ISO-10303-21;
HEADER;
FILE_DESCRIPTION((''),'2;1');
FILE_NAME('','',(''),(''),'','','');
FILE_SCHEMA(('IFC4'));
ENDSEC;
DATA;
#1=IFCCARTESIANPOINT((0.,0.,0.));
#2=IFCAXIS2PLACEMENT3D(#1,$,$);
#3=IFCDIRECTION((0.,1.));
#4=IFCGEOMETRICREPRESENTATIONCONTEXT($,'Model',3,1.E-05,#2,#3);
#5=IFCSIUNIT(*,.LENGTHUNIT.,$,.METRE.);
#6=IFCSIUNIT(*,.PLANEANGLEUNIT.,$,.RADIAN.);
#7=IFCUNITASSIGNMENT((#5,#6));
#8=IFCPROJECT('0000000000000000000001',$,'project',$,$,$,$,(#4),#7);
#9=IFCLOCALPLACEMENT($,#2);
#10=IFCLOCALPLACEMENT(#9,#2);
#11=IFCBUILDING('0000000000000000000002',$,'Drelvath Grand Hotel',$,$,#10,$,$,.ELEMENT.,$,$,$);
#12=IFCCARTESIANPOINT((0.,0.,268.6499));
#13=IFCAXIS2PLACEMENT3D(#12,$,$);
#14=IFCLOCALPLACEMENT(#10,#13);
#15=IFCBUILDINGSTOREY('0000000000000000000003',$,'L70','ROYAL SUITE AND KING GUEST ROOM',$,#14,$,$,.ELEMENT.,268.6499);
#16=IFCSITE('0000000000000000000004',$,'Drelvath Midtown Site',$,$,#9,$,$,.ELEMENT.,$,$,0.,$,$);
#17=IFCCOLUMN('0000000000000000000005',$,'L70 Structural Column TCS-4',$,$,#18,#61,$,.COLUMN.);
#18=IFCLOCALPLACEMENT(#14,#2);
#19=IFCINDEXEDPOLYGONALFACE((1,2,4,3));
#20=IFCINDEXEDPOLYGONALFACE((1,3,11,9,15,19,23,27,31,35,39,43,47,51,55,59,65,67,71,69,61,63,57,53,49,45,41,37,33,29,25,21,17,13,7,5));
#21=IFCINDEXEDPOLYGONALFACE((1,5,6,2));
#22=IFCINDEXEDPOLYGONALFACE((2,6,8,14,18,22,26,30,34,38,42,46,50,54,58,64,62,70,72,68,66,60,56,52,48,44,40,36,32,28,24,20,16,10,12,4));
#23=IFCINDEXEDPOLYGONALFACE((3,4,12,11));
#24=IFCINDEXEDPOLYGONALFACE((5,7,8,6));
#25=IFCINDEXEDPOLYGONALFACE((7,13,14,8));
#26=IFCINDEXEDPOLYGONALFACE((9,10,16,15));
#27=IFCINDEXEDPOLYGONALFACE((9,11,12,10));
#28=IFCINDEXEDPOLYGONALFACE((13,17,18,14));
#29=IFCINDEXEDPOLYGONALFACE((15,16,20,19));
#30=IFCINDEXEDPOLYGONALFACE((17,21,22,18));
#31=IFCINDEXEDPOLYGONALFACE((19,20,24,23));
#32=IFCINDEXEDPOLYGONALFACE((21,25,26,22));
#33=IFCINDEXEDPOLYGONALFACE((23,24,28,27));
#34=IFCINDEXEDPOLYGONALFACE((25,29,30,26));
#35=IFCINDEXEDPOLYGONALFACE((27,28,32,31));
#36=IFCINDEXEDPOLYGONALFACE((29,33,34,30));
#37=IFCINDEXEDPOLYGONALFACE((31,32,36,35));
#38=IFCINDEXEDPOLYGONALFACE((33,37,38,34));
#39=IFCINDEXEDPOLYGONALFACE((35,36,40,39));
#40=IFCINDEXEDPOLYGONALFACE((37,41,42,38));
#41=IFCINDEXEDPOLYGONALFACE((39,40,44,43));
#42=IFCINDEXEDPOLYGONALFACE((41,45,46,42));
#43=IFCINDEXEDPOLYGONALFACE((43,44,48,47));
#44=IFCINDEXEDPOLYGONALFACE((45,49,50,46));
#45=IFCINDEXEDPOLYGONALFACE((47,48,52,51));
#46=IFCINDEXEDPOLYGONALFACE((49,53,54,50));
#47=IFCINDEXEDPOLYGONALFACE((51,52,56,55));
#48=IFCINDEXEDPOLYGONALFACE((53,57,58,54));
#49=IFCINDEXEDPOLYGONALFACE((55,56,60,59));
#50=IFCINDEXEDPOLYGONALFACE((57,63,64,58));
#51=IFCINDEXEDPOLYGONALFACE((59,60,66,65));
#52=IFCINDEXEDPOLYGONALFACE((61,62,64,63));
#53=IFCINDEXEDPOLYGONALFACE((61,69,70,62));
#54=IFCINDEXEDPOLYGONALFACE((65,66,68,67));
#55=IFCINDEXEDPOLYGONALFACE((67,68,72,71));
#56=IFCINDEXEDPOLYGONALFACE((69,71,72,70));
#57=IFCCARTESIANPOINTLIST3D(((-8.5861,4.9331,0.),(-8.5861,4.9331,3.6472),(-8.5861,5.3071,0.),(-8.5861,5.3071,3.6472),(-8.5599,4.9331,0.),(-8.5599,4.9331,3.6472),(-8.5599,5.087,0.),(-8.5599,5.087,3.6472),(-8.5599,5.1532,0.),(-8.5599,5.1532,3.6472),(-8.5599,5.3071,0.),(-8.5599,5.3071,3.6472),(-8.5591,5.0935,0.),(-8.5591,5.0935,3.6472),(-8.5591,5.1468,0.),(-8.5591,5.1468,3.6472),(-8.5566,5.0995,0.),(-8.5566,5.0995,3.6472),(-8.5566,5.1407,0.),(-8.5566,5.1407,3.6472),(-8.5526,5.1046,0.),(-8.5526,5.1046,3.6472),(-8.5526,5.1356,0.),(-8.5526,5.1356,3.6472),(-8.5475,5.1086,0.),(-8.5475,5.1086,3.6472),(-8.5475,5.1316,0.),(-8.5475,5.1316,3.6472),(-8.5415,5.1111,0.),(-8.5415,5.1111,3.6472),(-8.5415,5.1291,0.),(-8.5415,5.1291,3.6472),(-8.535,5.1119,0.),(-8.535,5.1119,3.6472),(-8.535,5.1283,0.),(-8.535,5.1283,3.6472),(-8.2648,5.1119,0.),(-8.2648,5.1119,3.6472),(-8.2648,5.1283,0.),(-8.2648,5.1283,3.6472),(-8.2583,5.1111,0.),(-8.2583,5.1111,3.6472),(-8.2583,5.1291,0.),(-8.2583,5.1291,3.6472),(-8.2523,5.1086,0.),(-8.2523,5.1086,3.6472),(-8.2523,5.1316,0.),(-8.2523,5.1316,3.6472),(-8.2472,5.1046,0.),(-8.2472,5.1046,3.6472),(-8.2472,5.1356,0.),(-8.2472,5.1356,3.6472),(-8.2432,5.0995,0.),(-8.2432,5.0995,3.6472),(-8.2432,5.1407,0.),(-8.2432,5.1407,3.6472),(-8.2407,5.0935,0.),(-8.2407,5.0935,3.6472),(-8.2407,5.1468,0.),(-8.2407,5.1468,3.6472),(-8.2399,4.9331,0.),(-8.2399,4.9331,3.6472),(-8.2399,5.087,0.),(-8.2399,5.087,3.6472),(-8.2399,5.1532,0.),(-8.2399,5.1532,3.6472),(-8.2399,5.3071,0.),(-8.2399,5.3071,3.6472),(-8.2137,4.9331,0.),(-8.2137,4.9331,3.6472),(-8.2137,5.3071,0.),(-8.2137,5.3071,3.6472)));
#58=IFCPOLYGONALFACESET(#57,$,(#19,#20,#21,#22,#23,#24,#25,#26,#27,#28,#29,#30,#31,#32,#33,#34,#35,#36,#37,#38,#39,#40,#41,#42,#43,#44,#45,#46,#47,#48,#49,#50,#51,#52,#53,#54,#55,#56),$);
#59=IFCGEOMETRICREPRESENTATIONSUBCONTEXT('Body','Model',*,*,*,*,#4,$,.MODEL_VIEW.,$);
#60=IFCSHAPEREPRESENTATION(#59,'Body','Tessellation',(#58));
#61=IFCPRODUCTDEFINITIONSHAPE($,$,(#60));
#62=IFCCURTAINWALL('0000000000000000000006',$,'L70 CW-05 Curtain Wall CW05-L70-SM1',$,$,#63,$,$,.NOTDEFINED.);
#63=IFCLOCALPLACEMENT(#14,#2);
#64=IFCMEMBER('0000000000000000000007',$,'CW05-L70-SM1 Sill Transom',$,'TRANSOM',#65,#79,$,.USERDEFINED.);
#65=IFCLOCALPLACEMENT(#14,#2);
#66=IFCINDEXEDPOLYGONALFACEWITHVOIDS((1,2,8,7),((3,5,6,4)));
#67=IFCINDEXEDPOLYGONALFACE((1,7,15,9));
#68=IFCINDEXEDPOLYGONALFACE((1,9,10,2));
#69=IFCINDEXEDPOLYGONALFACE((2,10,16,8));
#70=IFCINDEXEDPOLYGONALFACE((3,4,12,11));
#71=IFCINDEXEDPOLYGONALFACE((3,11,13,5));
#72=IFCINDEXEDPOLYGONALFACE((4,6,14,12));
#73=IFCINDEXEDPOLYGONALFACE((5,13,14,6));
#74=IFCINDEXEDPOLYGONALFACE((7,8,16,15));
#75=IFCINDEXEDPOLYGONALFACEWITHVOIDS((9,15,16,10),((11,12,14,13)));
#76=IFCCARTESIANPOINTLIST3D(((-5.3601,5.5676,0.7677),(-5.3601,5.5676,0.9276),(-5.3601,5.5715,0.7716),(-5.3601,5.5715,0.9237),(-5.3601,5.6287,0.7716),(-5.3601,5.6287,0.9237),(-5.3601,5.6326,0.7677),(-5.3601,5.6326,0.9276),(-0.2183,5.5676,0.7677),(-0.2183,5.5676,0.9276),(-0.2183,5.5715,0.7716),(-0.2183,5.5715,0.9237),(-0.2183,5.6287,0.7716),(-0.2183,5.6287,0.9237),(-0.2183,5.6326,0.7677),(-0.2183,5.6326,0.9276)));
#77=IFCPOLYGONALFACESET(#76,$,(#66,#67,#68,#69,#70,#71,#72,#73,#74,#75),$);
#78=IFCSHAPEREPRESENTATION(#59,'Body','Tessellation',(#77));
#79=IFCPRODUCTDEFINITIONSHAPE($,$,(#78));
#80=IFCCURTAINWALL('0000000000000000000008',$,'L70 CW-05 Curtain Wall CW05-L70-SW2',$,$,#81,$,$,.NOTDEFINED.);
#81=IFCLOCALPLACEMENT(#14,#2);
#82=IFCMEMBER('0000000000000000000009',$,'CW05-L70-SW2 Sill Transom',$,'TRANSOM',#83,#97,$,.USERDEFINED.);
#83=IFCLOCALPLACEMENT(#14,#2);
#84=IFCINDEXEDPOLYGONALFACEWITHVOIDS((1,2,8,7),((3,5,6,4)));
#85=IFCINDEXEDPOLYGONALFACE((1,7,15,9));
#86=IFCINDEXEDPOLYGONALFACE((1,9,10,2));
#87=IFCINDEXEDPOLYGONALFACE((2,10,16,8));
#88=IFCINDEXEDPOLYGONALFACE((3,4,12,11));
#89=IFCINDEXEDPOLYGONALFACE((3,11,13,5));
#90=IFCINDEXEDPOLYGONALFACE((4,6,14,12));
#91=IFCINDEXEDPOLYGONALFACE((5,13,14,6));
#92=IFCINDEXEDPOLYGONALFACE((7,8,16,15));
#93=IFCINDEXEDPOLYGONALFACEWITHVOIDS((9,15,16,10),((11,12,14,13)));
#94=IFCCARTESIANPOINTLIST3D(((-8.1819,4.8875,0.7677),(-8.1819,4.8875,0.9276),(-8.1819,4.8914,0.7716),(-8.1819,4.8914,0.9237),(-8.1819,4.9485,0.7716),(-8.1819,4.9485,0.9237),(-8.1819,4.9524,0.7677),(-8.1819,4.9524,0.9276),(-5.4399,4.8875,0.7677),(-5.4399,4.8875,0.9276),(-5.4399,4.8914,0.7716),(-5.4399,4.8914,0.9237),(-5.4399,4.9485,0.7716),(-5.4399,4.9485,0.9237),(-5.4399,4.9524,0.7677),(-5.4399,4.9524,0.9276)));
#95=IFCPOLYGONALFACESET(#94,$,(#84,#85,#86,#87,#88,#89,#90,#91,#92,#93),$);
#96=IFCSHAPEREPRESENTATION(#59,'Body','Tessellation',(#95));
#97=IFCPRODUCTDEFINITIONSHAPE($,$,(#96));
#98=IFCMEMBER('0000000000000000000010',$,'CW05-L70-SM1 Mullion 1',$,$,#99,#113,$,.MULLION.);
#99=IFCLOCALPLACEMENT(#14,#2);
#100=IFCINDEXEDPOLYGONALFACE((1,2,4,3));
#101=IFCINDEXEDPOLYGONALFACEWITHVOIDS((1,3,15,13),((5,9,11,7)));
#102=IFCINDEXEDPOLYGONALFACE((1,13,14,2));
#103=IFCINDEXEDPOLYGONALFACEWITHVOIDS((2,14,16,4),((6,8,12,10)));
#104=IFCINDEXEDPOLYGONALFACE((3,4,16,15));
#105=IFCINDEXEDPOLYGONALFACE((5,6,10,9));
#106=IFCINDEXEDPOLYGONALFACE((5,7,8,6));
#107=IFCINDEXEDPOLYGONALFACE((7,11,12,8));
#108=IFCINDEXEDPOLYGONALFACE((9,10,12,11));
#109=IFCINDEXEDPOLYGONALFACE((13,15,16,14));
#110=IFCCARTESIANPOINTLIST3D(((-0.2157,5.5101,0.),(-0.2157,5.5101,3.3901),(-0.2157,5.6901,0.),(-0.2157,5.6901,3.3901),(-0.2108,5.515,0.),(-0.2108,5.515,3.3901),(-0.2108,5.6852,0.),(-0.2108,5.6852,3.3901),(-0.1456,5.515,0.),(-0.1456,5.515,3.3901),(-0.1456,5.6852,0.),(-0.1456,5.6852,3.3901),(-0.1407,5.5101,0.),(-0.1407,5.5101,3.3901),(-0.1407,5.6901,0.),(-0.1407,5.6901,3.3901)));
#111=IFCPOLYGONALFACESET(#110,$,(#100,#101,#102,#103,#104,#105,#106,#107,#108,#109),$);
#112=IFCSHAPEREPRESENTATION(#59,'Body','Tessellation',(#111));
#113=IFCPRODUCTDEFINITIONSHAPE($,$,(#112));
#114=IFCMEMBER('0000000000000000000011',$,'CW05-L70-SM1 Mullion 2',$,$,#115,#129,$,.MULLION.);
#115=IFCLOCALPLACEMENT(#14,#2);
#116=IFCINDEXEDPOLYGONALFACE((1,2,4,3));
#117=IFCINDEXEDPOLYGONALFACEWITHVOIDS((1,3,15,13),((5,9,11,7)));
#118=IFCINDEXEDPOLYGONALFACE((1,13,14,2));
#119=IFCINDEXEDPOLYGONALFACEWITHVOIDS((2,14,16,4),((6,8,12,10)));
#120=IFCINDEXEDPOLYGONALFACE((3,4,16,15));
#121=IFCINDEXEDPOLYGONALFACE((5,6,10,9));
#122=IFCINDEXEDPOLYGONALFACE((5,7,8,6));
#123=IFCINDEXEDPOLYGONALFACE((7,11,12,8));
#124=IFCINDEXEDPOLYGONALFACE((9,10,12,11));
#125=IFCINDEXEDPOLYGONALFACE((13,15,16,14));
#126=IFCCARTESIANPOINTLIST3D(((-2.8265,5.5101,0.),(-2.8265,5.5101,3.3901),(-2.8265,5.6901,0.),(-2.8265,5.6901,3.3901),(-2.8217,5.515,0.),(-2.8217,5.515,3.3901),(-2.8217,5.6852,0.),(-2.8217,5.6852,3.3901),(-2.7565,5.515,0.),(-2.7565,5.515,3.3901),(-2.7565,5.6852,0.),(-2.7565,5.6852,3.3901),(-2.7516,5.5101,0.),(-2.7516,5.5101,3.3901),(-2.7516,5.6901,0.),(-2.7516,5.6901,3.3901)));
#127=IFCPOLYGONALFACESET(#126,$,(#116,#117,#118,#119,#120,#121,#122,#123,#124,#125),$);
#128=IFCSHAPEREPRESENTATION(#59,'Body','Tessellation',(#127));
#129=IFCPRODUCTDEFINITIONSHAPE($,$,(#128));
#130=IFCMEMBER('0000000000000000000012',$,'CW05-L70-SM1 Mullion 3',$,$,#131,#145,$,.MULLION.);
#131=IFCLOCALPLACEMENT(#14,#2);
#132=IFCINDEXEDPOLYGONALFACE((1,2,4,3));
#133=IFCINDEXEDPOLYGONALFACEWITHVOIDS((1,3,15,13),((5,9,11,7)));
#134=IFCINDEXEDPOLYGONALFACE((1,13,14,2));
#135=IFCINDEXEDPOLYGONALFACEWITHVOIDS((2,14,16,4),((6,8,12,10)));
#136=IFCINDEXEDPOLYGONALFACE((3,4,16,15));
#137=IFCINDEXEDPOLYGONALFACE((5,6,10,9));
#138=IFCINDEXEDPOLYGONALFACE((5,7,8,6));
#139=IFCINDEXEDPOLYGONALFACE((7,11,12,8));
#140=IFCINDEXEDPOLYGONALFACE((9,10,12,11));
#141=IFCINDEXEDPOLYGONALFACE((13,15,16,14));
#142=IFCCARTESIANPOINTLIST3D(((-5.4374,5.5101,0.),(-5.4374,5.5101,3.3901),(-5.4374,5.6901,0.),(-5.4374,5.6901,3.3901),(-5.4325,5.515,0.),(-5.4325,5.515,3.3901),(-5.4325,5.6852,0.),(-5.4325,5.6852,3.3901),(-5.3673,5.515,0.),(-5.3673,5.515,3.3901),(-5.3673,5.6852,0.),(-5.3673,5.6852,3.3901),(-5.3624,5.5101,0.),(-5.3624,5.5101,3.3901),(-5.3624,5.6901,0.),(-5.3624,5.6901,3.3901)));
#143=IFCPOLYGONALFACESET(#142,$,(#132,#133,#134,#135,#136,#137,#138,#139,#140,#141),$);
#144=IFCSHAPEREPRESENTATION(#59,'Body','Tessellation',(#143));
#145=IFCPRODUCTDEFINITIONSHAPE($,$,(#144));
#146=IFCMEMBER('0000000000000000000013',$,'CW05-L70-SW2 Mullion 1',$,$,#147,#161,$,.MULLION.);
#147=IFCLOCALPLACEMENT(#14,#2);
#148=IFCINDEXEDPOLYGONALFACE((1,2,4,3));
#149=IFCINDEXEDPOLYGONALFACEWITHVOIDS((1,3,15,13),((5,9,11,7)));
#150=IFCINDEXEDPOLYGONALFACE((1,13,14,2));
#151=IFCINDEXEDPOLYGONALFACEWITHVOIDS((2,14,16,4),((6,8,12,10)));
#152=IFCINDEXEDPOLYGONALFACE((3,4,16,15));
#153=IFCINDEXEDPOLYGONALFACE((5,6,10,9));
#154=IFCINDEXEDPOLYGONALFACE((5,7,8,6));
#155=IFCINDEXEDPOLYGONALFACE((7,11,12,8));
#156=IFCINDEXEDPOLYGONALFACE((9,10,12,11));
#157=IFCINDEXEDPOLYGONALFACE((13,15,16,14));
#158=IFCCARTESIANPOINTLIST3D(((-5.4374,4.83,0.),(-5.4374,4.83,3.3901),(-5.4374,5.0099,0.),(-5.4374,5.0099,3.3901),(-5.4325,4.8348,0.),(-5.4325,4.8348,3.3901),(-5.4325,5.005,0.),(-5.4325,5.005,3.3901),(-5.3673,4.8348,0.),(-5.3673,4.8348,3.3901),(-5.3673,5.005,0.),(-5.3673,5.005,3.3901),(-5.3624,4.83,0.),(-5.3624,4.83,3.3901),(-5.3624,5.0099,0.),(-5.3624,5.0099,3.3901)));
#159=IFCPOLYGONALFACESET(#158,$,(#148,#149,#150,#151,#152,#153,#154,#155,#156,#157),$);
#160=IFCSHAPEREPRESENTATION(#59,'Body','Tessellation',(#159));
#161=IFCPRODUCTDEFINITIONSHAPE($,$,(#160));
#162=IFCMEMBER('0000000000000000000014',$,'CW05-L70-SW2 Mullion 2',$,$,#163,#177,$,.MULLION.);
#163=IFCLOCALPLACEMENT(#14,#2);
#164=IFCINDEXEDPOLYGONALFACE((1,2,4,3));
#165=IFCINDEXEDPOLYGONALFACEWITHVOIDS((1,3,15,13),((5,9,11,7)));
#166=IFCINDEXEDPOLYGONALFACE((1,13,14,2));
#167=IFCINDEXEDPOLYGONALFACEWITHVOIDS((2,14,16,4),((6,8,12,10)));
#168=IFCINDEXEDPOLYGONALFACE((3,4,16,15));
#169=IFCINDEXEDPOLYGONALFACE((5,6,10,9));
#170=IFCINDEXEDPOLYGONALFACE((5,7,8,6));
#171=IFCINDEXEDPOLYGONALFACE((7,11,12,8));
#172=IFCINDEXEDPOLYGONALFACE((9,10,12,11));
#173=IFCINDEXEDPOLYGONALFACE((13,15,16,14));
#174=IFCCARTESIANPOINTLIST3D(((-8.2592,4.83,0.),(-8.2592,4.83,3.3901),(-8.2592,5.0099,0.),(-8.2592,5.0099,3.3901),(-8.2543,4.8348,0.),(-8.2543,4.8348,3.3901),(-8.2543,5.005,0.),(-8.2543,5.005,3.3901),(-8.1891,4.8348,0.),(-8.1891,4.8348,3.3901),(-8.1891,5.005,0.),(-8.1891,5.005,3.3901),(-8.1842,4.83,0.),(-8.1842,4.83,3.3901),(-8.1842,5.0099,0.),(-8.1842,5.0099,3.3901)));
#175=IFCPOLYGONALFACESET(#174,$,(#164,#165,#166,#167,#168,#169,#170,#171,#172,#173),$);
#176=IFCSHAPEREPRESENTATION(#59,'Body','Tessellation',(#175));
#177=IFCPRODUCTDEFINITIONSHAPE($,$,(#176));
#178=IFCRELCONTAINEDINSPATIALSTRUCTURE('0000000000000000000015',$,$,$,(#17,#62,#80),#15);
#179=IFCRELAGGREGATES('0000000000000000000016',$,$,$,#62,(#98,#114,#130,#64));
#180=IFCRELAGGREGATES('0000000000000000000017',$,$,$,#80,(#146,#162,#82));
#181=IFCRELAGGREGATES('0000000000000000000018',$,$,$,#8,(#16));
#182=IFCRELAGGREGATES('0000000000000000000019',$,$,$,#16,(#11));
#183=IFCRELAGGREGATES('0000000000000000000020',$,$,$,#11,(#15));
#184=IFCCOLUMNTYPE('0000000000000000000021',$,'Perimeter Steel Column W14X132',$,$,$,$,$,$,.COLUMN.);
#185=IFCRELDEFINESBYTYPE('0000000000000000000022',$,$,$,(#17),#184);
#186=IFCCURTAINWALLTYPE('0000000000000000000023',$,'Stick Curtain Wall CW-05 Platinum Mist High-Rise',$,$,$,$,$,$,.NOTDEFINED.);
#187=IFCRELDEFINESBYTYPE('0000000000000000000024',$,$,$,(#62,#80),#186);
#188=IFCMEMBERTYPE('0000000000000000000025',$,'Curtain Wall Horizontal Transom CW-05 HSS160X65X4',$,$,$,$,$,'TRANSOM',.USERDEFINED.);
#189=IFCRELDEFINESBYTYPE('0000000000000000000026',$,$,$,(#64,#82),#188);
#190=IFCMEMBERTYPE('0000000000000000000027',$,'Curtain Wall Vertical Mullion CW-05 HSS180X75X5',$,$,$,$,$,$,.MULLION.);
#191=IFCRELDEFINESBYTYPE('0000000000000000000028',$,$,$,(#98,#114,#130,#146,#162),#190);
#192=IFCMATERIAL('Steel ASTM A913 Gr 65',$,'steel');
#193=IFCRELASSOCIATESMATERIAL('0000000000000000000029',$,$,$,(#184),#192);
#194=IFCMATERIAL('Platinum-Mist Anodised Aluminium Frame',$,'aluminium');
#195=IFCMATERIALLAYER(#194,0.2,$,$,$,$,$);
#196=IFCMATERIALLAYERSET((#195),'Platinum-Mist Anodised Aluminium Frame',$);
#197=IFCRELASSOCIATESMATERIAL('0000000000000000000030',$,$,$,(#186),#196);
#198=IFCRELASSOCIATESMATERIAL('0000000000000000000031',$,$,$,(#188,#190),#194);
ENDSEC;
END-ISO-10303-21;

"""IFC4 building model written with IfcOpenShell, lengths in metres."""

from ifc_helpers import new_model, si_unit, direction, frame, origin, origin_2d, place, context, subcontext, project, spatial, hollow_rectangle, i_section, extrude, material, layer, layer_set, material_profile, profile_set, type_object, element, aggregate, save


model = new_model("IFC4")

# Units and contexts
model_context = context("Model", 3, precision=1e-05, world=origin(), true_north=direction((0.0, 1.0)))
body_context = subcontext(model_context, "Body", "Model", "MODEL_VIEW")
ifc_project = project(units=[si_unit("LENGTHUNIT", "METRE"), si_unit("PLANEANGLEUNIT", "RADIAN")], contexts=[model_context])

# Site, building, storey
site_placement = place(None, origin())
site = spatial("IfcSite", under=ifc_project, at=site_placement, Name="Drelvath Midtown Site", CompositionType="ELEMENT", RefElevation=0.0)
building_placement = place(site_placement, origin())
building = spatial("IfcBuilding", under=site, at=building_placement, Name="Drelvath Grand Hotel", CompositionType="ELEMENT")
storey_placement = place(building_placement, frame((0.0, 0.0, 268.6499)))
storey = spatial("IfcBuildingStorey", under=building, at=storey_placement, Name="L70", Description="ROYAL SUITE AND KING GUEST ROOM", CompositionType="ELEMENT", Elevation=268.6499)

# Column
ifc_material_1 = material(Name="Steel ASTM A913 Gr 65", Category="steel")
ifc_material_profile_1 = material_profile(ifc_material_1, i_section(OverallWidth=0.374, OverallDepth=0.3723, WebThickness=0.0164, FlangeThickness=0.0261, FilletRadius=0.0249, at=origin_2d()), Name="W14X132")
ifc_profile_set_1 = profile_set([ifc_material_profile_1], Name="Steel ASTM A913 Gr 65")
column_type = type_object("IfcColumnType", Name="Perimeter Steel Column W14X132", PredefinedType="COLUMN", material=ifc_profile_set_1)
column_placement = place(storey_placement, frame((-8.3999, 5.1201, 0.0), z_axis=(0.0, 0.0, 1.0), x_axis=(0.0, 1.0, 0.0)))
element("IfcColumn", 1, at=column_placement, inside=storey, type_object=column_type, Name="L70 Structural Column TCS-4", PredefinedType="COLUMN", context=body_context, shape_type="SweptSolid", body=[
    extrude(i_section(OverallWidth=0.374, OverallDepth=0.3723, WebThickness=0.0164, FlangeThickness=0.0261, FilletRadius=0.0249, at=origin_2d()), origin(), (0.0, 0.0, 1.0), 3.6472),
])

# Curtain walls, members
ifc_material_2 = material(Name="Platinum-Mist Anodised Aluminium Frame", Category="aluminium")
ifc_layer_1 = layer(ifc_material_2, 0.2)
ifc_layer_set_1 = layer_set([ifc_layer_1], Name="Platinum-Mist Anodised Aluminium Frame")
curtain_wall_type = type_object("IfcCurtainWallType", Name="Stick Curtain Wall CW-05 Platinum Mist High-Rise", PredefinedType="NOTDEFINED", material=ifc_layer_set_1)
curtain_wall_1_placement = place(storey_placement, origin())
curtain_wall_1 = element("IfcCurtainWall", 2, at=curtain_wall_1_placement, inside=storey, type_object=curtain_wall_type, Name="L70 CW-05 Curtain Wall CW05-L70-SM1", PredefinedType="NOTDEFINED")
ifc_material_profile_2 = material_profile(ifc_material_2, hollow_rectangle(XDim=0.0649, YDim=0.1599, WallThickness=0.0039, at=origin_2d()), Name="HSS160X65X4")
ifc_profile_set_2 = profile_set([ifc_material_profile_2], Name="Platinum-Mist Anodised Aluminium Frame")
member_type_1 = type_object("IfcMemberType", Name="Curtain Wall Horizontal Transom CW-05 HSS160X65X4", ElementType="TRANSOM", PredefinedType="USERDEFINED", material=ifc_profile_set_2)
member_1_placement = place(storey_placement, frame((-0.2183, 5.6001, 0.8477), z_axis=(-1.0, 0.0, 0.0), x_axis=(0.0, -1.0, 0.0)))
member_1 = element("IfcMember", 3, at=member_1_placement, type_object=member_type_1, Name="CW05-L70-SM1 Sill Transom", ObjectType="TRANSOM", PredefinedType="USERDEFINED", context=body_context, shape_type="SweptSolid", body=[
    extrude(hollow_rectangle(XDim=0.0649, YDim=0.1599, WallThickness=0.0039, at=origin_2d()), origin(), (0.0, 0.0, 1.0), 5.1418),
])
curtain_wall_2_placement = place(storey_placement, origin())
curtain_wall_2 = element("IfcCurtainWall", 4, at=curtain_wall_2_placement, inside=storey, type_object=curtain_wall_type, Name="L70 CW-05 Curtain Wall CW05-L70-SW2", PredefinedType="NOTDEFINED")
member_2_placement = place(storey_placement, frame((-5.4399, 4.9199, 0.8477), z_axis=(-1.0, 0.0, 0.0), x_axis=(0.0, -1.0, 0.0)))
member_2 = element("IfcMember", 5, at=member_2_placement, type_object=member_type_1, Name="CW05-L70-SW2 Sill Transom", ObjectType="TRANSOM", PredefinedType="USERDEFINED", context=body_context, shape_type="SweptSolid", body=[
    extrude(hollow_rectangle(XDim=0.0649, YDim=0.1599, WallThickness=0.0039, at=origin_2d()), origin(), (0.0, 0.0, 1.0), 2.7419),
])

# Members
ifc_material_profile_3 = material_profile(ifc_material_2, hollow_rectangle(XDim=0.075, YDim=0.1799, WallThickness=0.0049, at=origin_2d()), Name="HSS180X75X5")
ifc_profile_set_3 = profile_set([ifc_material_profile_3], Name="Platinum-Mist Anodised Aluminium Frame")
member_type_2 = type_object("IfcMemberType", Name="Curtain Wall Vertical Mullion CW-05 HSS180X75X5", PredefinedType="MULLION", material=ifc_profile_set_3)
member_3_placement = place(storey_placement, frame((-0.1782, 5.6001, 0.0), z_axis=(0.0, 0.0, 1.0), x_axis=(1.0, 0.0, 0.0)))
member_3 = element("IfcMember", 6, at=member_3_placement, type_object=member_type_2, Name="CW05-L70-SM1 Mullion 1", PredefinedType="MULLION", context=body_context, shape_type="SweptSolid", body=[
    extrude(hollow_rectangle(XDim=0.075, YDim=0.1799, WallThickness=0.0049, at=origin_2d()), origin(), (0.0, 0.0, 1.0), 3.3901),
])
member_4_placement = place(storey_placement, frame((-2.7891, 5.6001, 0.0), z_axis=(0.0, 0.0, 1.0), x_axis=(1.0, 0.0, 0.0)))
member_4 = element("IfcMember", 7, at=member_4_placement, type_object=member_type_2, Name="CW05-L70-SM1 Mullion 2", PredefinedType="MULLION", context=body_context, shape_type="SweptSolid", body=[
    extrude(hollow_rectangle(XDim=0.075, YDim=0.1799, WallThickness=0.0049, at=origin_2d()), origin(), (0.0, 0.0, 1.0), 3.3901),
])
member_5_placement = place(storey_placement, frame((-5.3999, 5.6001, 0.0), z_axis=(0.0, 0.0, 1.0), x_axis=(1.0, 0.0, 0.0)))
member_5 = element("IfcMember", 8, at=member_5_placement, type_object=member_type_2, Name="CW05-L70-SM1 Mullion 3", PredefinedType="MULLION", context=body_context, shape_type="SweptSolid", body=[
    extrude(hollow_rectangle(XDim=0.075, YDim=0.1799, WallThickness=0.0049, at=origin_2d()), origin(), (0.0, 0.0, 1.0), 3.3901),
])
member_6_placement = place(storey_placement, frame((-5.3999, 4.9199, 0.0), z_axis=(0.0, 0.0, 1.0), x_axis=(1.0, 0.0, 0.0)))
member_6 = element("IfcMember", 9, at=member_6_placement, type_object=member_type_2, Name="CW05-L70-SW2 Mullion 1", PredefinedType="MULLION", context=body_context, shape_type="SweptSolid", body=[
    extrude(hollow_rectangle(XDim=0.075, YDim=0.1799, WallThickness=0.0049, at=origin_2d()), origin(), (0.0, 0.0, 1.0), 3.3901),
])
member_7_placement = place(storey_placement, frame((-8.2217, 4.9199, 0.0), z_axis=(0.0, 0.0, 1.0), x_axis=(1.0, 0.0, 0.0)))
member_7 = element("IfcMember", 10, at=member_7_placement, type_object=member_type_2, Name="CW05-L70-SW2 Mullion 2", PredefinedType="MULLION", context=body_context, shape_type="SweptSolid", body=[
    extrude(hollow_rectangle(XDim=0.075, YDim=0.1799, WallThickness=0.0049, at=origin_2d()), origin(), (0.0, 0.0, 1.0), 3.3901),
])

aggregate(curtain_wall_1, [member_3, member_4, member_5, member_1])
aggregate(curtain_wall_2, [member_6, member_7, member_2])

save(model, "model.ifc")
